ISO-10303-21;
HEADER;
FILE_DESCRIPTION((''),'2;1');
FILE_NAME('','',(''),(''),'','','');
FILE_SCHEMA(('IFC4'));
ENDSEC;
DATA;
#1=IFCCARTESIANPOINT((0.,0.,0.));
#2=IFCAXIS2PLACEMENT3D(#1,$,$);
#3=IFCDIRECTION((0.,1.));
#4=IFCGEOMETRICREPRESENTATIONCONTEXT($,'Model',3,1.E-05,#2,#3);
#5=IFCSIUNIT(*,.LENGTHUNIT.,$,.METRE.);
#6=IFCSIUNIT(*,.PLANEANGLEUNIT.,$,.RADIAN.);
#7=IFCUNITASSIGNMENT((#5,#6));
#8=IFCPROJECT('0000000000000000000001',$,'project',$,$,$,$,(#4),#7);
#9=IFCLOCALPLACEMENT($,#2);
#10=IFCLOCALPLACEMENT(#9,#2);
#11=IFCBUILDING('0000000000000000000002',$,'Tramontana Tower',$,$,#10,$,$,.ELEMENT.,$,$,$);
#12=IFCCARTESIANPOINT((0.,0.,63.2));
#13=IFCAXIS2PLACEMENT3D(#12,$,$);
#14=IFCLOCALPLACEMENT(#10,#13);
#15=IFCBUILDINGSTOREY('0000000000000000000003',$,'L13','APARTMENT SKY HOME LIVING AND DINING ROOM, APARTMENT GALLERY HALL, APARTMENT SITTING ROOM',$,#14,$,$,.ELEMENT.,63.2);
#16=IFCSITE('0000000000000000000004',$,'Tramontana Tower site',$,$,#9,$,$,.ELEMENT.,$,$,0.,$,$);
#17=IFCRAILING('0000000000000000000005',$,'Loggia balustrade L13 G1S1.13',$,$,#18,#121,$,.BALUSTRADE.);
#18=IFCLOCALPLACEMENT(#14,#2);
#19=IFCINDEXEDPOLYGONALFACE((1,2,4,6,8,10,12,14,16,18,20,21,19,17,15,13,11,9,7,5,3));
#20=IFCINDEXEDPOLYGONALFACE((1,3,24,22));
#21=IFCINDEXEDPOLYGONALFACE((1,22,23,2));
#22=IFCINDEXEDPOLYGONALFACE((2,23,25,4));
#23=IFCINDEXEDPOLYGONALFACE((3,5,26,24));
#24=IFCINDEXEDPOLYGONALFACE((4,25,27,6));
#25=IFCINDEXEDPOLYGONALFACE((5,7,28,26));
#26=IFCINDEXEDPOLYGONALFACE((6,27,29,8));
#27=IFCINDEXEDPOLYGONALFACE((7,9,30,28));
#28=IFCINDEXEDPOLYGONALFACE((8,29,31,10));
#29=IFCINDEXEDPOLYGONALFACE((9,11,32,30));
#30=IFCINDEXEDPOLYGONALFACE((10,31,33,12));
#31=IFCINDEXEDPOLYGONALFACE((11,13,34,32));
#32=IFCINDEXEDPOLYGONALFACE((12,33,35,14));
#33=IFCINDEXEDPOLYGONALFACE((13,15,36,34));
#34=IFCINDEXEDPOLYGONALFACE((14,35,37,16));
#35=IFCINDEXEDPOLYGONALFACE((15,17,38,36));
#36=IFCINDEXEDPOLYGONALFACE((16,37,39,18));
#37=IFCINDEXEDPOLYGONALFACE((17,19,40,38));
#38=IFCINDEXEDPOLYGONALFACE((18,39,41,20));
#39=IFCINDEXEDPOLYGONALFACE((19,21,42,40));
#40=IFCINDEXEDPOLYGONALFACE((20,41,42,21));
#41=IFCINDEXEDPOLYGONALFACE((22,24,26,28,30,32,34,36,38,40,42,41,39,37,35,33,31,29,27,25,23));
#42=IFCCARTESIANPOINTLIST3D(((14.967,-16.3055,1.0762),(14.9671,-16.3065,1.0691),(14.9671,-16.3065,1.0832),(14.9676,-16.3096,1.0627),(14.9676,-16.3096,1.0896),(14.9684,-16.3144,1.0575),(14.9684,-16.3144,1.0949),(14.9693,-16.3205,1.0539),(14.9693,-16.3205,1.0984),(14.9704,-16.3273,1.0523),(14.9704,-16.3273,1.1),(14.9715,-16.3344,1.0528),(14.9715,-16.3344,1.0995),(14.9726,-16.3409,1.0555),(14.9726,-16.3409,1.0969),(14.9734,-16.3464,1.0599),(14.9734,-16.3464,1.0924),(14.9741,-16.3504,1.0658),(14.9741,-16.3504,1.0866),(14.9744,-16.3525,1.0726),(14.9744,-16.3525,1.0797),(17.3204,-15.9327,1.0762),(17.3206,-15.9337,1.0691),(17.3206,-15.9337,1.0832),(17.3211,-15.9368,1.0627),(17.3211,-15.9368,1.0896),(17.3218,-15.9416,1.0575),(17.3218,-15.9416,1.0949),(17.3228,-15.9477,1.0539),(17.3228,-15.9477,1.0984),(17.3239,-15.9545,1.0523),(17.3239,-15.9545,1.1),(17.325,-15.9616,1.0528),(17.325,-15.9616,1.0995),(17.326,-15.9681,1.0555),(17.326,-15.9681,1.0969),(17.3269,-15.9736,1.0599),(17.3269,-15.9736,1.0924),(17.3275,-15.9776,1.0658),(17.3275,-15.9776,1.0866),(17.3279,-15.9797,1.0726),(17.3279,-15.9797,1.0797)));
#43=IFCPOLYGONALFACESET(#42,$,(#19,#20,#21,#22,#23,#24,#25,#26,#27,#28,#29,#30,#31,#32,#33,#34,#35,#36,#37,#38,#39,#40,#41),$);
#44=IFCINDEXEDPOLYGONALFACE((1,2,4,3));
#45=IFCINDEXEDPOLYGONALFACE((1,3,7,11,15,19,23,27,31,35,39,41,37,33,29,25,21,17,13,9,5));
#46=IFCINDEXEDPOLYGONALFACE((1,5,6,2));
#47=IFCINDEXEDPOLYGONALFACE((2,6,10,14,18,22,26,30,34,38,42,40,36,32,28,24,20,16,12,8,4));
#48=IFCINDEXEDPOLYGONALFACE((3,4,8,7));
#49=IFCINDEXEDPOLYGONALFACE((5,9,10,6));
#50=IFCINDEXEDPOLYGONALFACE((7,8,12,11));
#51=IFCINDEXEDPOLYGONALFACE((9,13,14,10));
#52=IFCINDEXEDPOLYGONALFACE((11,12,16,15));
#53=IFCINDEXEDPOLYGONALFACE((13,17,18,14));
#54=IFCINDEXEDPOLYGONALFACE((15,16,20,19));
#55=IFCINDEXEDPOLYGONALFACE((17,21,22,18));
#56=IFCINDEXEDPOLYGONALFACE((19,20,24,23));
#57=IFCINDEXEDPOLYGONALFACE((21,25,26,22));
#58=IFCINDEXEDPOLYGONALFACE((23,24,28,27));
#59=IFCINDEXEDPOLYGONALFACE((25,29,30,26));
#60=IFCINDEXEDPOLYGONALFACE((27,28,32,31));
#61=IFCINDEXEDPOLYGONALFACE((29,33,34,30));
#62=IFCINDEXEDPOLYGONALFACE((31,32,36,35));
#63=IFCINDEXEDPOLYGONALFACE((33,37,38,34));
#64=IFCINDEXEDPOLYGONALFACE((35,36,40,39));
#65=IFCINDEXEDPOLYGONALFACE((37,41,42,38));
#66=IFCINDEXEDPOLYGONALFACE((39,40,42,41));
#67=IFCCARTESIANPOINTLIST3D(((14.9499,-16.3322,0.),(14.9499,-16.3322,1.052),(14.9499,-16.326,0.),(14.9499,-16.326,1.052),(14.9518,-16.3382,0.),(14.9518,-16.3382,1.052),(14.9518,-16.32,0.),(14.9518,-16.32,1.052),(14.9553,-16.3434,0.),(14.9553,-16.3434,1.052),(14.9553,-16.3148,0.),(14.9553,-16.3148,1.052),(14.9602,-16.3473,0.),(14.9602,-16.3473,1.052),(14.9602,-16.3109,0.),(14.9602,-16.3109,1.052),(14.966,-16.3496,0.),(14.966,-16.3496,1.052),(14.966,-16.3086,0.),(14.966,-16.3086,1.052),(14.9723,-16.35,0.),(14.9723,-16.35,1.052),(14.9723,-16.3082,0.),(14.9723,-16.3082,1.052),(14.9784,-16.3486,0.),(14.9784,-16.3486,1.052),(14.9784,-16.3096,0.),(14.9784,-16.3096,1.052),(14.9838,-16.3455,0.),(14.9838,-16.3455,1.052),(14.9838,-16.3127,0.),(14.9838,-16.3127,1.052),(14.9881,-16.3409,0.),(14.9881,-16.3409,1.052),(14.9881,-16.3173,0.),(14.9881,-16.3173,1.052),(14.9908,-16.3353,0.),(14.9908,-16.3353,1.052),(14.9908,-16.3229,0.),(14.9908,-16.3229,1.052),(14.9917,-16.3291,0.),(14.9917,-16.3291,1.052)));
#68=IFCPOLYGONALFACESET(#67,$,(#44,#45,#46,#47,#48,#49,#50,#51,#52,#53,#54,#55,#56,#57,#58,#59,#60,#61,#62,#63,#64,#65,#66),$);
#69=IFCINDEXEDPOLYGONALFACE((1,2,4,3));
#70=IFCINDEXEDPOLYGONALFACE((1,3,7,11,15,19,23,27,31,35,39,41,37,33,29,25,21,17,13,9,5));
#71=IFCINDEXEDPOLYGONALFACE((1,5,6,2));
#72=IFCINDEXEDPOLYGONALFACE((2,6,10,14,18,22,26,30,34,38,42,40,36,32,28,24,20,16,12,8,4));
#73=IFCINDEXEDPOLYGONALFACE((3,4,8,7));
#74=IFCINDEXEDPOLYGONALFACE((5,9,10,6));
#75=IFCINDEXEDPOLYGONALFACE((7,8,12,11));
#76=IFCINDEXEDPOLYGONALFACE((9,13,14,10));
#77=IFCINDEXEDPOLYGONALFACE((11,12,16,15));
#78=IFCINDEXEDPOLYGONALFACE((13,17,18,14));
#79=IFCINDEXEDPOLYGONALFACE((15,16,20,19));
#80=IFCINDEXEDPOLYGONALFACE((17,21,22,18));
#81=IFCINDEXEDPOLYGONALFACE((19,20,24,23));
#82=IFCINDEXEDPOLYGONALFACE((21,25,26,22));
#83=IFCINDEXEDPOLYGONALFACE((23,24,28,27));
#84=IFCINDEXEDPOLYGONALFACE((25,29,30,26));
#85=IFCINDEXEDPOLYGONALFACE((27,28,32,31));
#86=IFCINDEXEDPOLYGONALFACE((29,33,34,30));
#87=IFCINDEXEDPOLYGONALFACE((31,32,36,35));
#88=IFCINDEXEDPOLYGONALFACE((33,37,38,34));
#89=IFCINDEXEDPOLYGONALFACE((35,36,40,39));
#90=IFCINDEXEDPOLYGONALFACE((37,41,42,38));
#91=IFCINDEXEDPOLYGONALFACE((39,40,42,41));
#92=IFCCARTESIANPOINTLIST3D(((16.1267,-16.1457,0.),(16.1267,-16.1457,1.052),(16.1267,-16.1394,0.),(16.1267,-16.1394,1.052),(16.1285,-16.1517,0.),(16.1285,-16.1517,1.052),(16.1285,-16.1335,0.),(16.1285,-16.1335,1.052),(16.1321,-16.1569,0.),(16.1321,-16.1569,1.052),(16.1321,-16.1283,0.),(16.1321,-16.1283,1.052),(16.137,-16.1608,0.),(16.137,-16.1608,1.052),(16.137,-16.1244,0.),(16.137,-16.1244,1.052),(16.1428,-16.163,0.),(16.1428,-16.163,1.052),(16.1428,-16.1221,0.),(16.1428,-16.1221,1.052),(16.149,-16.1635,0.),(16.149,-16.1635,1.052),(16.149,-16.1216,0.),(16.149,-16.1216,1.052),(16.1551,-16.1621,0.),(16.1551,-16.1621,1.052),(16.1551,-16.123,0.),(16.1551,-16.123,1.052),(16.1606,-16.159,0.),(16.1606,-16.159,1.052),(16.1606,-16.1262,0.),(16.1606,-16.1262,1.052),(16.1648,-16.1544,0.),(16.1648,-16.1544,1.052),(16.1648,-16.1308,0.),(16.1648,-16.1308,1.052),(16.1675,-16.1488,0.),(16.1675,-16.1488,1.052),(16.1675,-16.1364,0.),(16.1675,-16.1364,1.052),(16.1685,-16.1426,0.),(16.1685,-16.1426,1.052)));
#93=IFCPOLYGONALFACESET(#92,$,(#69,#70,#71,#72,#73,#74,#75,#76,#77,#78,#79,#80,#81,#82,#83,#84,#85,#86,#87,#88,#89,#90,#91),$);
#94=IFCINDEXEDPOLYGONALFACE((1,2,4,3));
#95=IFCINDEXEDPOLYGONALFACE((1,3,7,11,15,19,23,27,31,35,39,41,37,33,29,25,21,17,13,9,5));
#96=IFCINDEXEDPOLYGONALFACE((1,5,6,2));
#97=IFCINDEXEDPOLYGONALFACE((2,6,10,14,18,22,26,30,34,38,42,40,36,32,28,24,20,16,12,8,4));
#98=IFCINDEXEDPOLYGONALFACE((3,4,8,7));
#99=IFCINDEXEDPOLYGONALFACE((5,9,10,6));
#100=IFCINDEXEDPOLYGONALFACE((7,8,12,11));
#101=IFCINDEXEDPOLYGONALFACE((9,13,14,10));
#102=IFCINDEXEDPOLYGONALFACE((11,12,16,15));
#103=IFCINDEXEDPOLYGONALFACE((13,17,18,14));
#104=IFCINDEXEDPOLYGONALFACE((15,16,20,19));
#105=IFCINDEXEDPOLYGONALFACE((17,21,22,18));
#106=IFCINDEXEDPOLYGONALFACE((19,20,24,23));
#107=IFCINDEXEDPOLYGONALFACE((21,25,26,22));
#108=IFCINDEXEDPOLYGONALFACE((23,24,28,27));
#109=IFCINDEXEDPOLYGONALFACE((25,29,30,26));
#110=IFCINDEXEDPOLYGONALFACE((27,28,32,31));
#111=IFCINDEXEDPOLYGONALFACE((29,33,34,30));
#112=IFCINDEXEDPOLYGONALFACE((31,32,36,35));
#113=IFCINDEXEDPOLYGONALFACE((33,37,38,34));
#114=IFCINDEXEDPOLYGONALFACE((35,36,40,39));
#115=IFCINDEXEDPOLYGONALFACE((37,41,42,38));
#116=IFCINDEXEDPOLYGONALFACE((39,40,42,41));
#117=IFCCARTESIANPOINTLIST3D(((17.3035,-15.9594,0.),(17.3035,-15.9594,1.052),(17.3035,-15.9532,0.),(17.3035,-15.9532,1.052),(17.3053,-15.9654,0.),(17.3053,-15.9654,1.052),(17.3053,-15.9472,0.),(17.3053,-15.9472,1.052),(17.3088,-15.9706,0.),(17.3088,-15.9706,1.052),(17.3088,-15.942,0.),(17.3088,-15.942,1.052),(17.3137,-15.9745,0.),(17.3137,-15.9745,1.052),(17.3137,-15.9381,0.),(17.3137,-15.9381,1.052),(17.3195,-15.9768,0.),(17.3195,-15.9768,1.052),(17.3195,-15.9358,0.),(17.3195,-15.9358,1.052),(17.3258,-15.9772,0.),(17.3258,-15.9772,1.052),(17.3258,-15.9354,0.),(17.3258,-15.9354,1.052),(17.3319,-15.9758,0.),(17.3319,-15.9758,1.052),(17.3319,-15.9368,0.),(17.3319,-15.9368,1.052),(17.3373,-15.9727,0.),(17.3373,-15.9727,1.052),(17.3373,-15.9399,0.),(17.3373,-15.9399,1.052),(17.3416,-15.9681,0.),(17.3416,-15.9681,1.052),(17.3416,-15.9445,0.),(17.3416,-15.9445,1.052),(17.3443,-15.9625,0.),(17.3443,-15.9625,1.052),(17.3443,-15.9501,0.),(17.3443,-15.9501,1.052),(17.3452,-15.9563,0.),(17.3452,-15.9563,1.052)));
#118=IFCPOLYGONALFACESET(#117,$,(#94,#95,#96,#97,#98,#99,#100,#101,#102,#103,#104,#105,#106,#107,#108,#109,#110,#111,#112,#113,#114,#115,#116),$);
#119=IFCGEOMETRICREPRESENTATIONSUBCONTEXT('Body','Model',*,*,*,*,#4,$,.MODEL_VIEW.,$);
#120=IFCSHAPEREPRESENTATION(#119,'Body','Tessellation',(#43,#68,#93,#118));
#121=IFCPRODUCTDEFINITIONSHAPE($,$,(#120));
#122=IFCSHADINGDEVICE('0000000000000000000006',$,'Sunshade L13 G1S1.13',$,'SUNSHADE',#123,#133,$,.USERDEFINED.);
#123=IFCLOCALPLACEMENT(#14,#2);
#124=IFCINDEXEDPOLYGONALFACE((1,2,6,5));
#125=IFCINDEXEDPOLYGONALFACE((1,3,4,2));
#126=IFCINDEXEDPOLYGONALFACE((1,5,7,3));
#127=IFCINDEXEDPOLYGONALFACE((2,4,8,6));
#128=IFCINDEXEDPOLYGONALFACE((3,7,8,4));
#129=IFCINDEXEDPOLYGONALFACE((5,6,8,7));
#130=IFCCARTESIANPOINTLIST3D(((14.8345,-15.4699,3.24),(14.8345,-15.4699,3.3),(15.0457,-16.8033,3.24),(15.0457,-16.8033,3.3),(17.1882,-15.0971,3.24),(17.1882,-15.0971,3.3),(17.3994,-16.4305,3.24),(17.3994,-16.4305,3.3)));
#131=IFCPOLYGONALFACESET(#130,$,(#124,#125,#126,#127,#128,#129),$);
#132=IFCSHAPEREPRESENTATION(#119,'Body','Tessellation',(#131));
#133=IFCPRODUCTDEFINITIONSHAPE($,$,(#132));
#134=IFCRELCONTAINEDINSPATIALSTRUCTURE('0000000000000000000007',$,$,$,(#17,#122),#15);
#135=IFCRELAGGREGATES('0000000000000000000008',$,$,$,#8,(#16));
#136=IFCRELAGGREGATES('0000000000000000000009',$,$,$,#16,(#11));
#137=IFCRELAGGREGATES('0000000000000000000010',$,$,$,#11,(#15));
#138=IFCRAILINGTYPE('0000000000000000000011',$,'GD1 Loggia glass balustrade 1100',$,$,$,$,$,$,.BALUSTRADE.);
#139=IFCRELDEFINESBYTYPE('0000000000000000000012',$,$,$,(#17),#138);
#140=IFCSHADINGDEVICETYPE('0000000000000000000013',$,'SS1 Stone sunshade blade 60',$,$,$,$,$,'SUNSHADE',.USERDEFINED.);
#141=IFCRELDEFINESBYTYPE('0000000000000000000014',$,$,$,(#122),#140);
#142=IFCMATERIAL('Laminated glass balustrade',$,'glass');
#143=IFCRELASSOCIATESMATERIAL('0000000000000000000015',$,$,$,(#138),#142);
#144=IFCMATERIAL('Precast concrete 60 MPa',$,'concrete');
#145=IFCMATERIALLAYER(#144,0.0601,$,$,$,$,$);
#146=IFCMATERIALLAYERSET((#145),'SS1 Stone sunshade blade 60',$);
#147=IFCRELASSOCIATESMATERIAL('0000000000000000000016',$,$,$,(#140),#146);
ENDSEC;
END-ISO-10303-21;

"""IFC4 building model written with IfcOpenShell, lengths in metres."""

from ifc_helpers import new_model, si_unit, direction, frame, origin, origin_2d, place, context, subcontext, project, spatial, rectangle, circle, extrude, material, layer, layer_set, type_object, element, save


model = new_model("IFC4")

# Units and contexts
model_context = context("Model", 3, precision=1e-05, world=origin(), true_north=direction((0.0, 1.0)))
body_context = subcontext(model_context, "Body", "Model", "MODEL_VIEW")
ifc_project = project(units=[si_unit("LENGTHUNIT", "METRE"), si_unit("PLANEANGLEUNIT", "RADIAN")], contexts=[model_context])

# Site, building, storey
site_placement = place(None, origin())
site = spatial("IfcSite", under=ifc_project, at=site_placement, Name="Tramontana Tower site", CompositionType="ELEMENT", RefElevation=0.0)
building_placement = place(site_placement, origin())
building = spatial("IfcBuilding", under=site, at=building_placement, Name="Tramontana Tower", CompositionType="ELEMENT")
storey_placement = place(building_placement, frame((0.0, 0.0, 63.2)))
storey = spatial("IfcBuildingStorey", under=building, at=storey_placement, Name="L13", Description="APARTMENT SKY HOME LIVING AND DINING ROOM, APARTMENT GALLERY HALL, APARTMENT SITTING ROOM", CompositionType="ELEMENT", Elevation=63.2)

# Railing
ifc_material_1 = material(Name="Laminated glass balustrade", Category="glass")
railing_type = type_object("IfcRailingType", Name="GD1 Loggia glass balustrade 1100", PredefinedType="BALUSTRADE", material=ifc_material_1)
railing_placement = place(storey_placement, frame((14.9707, -16.3291, 0.0)))
element("IfcRailing", 1, at=railing_placement, inside=storey, type_object=railing_type, Name="Loggia balustrade L13 G1S1.13", PredefinedType="BALUSTRADE", context=body_context, shape_type="SweptSolid", body=[
    extrude(circle(Radius=0.0239, at=origin_2d()), frame((0.0, 0.0, 1.0762), z_axis=(0.987686, 0.156452, 0.0), x_axis=(-0.156452, 0.987686, 0.0)), (0.0, 0.0, 1.0), 2.3828),
    extrude(circle(Radius=0.021, at=origin_2d()), origin(), (0.0, 0.0, 1.0), 1.052),
    extrude(circle(Radius=0.021, at=origin_2d()), frame((1.1768, 0.1865, 0.0)), (0.0, 0.0, 1.0), 1.052),
    extrude(circle(Radius=0.021, at=origin_2d()), frame((2.3535, 0.3728, 0.0)), (0.0, 0.0, 1.0), 1.052),
])

# Shading device
ifc_material_2 = material(Name="Precast concrete 60 MPa", Category="concrete")
ifc_layer_1 = layer(ifc_material_2, 0.0601)
ifc_layer_set_1 = layer_set([ifc_layer_1], Name="SS1 Stone sunshade blade 60")
shading_device_type = type_object("IfcShadingDeviceType", Name="SS1 Stone sunshade blade 60", ElementType="SUNSHADE", PredefinedType="USERDEFINED", material=ifc_layer_set_1)
shading_device_placement = place(storey_placement, frame((16.1169, -15.9502, 3.24), z_axis=(0.0, 0.0, 1.0), x_axis=(0.987688, 0.156434, 0.0)))
element("IfcShadingDevice", 2, at=shading_device_placement, inside=storey, type_object=shading_device_type, Name="Sunshade L13 G1S1.13", ObjectType="SUNSHADE", PredefinedType="USERDEFINED", context=body_context, shape_type="SweptSolid", body=[
    extrude(rectangle(XDim=2.3831, YDim=1.3501, at=origin_2d()), origin(), (0.0, 0.0, 1.0), 0.0601),
])

save(model, "model.ifc")
